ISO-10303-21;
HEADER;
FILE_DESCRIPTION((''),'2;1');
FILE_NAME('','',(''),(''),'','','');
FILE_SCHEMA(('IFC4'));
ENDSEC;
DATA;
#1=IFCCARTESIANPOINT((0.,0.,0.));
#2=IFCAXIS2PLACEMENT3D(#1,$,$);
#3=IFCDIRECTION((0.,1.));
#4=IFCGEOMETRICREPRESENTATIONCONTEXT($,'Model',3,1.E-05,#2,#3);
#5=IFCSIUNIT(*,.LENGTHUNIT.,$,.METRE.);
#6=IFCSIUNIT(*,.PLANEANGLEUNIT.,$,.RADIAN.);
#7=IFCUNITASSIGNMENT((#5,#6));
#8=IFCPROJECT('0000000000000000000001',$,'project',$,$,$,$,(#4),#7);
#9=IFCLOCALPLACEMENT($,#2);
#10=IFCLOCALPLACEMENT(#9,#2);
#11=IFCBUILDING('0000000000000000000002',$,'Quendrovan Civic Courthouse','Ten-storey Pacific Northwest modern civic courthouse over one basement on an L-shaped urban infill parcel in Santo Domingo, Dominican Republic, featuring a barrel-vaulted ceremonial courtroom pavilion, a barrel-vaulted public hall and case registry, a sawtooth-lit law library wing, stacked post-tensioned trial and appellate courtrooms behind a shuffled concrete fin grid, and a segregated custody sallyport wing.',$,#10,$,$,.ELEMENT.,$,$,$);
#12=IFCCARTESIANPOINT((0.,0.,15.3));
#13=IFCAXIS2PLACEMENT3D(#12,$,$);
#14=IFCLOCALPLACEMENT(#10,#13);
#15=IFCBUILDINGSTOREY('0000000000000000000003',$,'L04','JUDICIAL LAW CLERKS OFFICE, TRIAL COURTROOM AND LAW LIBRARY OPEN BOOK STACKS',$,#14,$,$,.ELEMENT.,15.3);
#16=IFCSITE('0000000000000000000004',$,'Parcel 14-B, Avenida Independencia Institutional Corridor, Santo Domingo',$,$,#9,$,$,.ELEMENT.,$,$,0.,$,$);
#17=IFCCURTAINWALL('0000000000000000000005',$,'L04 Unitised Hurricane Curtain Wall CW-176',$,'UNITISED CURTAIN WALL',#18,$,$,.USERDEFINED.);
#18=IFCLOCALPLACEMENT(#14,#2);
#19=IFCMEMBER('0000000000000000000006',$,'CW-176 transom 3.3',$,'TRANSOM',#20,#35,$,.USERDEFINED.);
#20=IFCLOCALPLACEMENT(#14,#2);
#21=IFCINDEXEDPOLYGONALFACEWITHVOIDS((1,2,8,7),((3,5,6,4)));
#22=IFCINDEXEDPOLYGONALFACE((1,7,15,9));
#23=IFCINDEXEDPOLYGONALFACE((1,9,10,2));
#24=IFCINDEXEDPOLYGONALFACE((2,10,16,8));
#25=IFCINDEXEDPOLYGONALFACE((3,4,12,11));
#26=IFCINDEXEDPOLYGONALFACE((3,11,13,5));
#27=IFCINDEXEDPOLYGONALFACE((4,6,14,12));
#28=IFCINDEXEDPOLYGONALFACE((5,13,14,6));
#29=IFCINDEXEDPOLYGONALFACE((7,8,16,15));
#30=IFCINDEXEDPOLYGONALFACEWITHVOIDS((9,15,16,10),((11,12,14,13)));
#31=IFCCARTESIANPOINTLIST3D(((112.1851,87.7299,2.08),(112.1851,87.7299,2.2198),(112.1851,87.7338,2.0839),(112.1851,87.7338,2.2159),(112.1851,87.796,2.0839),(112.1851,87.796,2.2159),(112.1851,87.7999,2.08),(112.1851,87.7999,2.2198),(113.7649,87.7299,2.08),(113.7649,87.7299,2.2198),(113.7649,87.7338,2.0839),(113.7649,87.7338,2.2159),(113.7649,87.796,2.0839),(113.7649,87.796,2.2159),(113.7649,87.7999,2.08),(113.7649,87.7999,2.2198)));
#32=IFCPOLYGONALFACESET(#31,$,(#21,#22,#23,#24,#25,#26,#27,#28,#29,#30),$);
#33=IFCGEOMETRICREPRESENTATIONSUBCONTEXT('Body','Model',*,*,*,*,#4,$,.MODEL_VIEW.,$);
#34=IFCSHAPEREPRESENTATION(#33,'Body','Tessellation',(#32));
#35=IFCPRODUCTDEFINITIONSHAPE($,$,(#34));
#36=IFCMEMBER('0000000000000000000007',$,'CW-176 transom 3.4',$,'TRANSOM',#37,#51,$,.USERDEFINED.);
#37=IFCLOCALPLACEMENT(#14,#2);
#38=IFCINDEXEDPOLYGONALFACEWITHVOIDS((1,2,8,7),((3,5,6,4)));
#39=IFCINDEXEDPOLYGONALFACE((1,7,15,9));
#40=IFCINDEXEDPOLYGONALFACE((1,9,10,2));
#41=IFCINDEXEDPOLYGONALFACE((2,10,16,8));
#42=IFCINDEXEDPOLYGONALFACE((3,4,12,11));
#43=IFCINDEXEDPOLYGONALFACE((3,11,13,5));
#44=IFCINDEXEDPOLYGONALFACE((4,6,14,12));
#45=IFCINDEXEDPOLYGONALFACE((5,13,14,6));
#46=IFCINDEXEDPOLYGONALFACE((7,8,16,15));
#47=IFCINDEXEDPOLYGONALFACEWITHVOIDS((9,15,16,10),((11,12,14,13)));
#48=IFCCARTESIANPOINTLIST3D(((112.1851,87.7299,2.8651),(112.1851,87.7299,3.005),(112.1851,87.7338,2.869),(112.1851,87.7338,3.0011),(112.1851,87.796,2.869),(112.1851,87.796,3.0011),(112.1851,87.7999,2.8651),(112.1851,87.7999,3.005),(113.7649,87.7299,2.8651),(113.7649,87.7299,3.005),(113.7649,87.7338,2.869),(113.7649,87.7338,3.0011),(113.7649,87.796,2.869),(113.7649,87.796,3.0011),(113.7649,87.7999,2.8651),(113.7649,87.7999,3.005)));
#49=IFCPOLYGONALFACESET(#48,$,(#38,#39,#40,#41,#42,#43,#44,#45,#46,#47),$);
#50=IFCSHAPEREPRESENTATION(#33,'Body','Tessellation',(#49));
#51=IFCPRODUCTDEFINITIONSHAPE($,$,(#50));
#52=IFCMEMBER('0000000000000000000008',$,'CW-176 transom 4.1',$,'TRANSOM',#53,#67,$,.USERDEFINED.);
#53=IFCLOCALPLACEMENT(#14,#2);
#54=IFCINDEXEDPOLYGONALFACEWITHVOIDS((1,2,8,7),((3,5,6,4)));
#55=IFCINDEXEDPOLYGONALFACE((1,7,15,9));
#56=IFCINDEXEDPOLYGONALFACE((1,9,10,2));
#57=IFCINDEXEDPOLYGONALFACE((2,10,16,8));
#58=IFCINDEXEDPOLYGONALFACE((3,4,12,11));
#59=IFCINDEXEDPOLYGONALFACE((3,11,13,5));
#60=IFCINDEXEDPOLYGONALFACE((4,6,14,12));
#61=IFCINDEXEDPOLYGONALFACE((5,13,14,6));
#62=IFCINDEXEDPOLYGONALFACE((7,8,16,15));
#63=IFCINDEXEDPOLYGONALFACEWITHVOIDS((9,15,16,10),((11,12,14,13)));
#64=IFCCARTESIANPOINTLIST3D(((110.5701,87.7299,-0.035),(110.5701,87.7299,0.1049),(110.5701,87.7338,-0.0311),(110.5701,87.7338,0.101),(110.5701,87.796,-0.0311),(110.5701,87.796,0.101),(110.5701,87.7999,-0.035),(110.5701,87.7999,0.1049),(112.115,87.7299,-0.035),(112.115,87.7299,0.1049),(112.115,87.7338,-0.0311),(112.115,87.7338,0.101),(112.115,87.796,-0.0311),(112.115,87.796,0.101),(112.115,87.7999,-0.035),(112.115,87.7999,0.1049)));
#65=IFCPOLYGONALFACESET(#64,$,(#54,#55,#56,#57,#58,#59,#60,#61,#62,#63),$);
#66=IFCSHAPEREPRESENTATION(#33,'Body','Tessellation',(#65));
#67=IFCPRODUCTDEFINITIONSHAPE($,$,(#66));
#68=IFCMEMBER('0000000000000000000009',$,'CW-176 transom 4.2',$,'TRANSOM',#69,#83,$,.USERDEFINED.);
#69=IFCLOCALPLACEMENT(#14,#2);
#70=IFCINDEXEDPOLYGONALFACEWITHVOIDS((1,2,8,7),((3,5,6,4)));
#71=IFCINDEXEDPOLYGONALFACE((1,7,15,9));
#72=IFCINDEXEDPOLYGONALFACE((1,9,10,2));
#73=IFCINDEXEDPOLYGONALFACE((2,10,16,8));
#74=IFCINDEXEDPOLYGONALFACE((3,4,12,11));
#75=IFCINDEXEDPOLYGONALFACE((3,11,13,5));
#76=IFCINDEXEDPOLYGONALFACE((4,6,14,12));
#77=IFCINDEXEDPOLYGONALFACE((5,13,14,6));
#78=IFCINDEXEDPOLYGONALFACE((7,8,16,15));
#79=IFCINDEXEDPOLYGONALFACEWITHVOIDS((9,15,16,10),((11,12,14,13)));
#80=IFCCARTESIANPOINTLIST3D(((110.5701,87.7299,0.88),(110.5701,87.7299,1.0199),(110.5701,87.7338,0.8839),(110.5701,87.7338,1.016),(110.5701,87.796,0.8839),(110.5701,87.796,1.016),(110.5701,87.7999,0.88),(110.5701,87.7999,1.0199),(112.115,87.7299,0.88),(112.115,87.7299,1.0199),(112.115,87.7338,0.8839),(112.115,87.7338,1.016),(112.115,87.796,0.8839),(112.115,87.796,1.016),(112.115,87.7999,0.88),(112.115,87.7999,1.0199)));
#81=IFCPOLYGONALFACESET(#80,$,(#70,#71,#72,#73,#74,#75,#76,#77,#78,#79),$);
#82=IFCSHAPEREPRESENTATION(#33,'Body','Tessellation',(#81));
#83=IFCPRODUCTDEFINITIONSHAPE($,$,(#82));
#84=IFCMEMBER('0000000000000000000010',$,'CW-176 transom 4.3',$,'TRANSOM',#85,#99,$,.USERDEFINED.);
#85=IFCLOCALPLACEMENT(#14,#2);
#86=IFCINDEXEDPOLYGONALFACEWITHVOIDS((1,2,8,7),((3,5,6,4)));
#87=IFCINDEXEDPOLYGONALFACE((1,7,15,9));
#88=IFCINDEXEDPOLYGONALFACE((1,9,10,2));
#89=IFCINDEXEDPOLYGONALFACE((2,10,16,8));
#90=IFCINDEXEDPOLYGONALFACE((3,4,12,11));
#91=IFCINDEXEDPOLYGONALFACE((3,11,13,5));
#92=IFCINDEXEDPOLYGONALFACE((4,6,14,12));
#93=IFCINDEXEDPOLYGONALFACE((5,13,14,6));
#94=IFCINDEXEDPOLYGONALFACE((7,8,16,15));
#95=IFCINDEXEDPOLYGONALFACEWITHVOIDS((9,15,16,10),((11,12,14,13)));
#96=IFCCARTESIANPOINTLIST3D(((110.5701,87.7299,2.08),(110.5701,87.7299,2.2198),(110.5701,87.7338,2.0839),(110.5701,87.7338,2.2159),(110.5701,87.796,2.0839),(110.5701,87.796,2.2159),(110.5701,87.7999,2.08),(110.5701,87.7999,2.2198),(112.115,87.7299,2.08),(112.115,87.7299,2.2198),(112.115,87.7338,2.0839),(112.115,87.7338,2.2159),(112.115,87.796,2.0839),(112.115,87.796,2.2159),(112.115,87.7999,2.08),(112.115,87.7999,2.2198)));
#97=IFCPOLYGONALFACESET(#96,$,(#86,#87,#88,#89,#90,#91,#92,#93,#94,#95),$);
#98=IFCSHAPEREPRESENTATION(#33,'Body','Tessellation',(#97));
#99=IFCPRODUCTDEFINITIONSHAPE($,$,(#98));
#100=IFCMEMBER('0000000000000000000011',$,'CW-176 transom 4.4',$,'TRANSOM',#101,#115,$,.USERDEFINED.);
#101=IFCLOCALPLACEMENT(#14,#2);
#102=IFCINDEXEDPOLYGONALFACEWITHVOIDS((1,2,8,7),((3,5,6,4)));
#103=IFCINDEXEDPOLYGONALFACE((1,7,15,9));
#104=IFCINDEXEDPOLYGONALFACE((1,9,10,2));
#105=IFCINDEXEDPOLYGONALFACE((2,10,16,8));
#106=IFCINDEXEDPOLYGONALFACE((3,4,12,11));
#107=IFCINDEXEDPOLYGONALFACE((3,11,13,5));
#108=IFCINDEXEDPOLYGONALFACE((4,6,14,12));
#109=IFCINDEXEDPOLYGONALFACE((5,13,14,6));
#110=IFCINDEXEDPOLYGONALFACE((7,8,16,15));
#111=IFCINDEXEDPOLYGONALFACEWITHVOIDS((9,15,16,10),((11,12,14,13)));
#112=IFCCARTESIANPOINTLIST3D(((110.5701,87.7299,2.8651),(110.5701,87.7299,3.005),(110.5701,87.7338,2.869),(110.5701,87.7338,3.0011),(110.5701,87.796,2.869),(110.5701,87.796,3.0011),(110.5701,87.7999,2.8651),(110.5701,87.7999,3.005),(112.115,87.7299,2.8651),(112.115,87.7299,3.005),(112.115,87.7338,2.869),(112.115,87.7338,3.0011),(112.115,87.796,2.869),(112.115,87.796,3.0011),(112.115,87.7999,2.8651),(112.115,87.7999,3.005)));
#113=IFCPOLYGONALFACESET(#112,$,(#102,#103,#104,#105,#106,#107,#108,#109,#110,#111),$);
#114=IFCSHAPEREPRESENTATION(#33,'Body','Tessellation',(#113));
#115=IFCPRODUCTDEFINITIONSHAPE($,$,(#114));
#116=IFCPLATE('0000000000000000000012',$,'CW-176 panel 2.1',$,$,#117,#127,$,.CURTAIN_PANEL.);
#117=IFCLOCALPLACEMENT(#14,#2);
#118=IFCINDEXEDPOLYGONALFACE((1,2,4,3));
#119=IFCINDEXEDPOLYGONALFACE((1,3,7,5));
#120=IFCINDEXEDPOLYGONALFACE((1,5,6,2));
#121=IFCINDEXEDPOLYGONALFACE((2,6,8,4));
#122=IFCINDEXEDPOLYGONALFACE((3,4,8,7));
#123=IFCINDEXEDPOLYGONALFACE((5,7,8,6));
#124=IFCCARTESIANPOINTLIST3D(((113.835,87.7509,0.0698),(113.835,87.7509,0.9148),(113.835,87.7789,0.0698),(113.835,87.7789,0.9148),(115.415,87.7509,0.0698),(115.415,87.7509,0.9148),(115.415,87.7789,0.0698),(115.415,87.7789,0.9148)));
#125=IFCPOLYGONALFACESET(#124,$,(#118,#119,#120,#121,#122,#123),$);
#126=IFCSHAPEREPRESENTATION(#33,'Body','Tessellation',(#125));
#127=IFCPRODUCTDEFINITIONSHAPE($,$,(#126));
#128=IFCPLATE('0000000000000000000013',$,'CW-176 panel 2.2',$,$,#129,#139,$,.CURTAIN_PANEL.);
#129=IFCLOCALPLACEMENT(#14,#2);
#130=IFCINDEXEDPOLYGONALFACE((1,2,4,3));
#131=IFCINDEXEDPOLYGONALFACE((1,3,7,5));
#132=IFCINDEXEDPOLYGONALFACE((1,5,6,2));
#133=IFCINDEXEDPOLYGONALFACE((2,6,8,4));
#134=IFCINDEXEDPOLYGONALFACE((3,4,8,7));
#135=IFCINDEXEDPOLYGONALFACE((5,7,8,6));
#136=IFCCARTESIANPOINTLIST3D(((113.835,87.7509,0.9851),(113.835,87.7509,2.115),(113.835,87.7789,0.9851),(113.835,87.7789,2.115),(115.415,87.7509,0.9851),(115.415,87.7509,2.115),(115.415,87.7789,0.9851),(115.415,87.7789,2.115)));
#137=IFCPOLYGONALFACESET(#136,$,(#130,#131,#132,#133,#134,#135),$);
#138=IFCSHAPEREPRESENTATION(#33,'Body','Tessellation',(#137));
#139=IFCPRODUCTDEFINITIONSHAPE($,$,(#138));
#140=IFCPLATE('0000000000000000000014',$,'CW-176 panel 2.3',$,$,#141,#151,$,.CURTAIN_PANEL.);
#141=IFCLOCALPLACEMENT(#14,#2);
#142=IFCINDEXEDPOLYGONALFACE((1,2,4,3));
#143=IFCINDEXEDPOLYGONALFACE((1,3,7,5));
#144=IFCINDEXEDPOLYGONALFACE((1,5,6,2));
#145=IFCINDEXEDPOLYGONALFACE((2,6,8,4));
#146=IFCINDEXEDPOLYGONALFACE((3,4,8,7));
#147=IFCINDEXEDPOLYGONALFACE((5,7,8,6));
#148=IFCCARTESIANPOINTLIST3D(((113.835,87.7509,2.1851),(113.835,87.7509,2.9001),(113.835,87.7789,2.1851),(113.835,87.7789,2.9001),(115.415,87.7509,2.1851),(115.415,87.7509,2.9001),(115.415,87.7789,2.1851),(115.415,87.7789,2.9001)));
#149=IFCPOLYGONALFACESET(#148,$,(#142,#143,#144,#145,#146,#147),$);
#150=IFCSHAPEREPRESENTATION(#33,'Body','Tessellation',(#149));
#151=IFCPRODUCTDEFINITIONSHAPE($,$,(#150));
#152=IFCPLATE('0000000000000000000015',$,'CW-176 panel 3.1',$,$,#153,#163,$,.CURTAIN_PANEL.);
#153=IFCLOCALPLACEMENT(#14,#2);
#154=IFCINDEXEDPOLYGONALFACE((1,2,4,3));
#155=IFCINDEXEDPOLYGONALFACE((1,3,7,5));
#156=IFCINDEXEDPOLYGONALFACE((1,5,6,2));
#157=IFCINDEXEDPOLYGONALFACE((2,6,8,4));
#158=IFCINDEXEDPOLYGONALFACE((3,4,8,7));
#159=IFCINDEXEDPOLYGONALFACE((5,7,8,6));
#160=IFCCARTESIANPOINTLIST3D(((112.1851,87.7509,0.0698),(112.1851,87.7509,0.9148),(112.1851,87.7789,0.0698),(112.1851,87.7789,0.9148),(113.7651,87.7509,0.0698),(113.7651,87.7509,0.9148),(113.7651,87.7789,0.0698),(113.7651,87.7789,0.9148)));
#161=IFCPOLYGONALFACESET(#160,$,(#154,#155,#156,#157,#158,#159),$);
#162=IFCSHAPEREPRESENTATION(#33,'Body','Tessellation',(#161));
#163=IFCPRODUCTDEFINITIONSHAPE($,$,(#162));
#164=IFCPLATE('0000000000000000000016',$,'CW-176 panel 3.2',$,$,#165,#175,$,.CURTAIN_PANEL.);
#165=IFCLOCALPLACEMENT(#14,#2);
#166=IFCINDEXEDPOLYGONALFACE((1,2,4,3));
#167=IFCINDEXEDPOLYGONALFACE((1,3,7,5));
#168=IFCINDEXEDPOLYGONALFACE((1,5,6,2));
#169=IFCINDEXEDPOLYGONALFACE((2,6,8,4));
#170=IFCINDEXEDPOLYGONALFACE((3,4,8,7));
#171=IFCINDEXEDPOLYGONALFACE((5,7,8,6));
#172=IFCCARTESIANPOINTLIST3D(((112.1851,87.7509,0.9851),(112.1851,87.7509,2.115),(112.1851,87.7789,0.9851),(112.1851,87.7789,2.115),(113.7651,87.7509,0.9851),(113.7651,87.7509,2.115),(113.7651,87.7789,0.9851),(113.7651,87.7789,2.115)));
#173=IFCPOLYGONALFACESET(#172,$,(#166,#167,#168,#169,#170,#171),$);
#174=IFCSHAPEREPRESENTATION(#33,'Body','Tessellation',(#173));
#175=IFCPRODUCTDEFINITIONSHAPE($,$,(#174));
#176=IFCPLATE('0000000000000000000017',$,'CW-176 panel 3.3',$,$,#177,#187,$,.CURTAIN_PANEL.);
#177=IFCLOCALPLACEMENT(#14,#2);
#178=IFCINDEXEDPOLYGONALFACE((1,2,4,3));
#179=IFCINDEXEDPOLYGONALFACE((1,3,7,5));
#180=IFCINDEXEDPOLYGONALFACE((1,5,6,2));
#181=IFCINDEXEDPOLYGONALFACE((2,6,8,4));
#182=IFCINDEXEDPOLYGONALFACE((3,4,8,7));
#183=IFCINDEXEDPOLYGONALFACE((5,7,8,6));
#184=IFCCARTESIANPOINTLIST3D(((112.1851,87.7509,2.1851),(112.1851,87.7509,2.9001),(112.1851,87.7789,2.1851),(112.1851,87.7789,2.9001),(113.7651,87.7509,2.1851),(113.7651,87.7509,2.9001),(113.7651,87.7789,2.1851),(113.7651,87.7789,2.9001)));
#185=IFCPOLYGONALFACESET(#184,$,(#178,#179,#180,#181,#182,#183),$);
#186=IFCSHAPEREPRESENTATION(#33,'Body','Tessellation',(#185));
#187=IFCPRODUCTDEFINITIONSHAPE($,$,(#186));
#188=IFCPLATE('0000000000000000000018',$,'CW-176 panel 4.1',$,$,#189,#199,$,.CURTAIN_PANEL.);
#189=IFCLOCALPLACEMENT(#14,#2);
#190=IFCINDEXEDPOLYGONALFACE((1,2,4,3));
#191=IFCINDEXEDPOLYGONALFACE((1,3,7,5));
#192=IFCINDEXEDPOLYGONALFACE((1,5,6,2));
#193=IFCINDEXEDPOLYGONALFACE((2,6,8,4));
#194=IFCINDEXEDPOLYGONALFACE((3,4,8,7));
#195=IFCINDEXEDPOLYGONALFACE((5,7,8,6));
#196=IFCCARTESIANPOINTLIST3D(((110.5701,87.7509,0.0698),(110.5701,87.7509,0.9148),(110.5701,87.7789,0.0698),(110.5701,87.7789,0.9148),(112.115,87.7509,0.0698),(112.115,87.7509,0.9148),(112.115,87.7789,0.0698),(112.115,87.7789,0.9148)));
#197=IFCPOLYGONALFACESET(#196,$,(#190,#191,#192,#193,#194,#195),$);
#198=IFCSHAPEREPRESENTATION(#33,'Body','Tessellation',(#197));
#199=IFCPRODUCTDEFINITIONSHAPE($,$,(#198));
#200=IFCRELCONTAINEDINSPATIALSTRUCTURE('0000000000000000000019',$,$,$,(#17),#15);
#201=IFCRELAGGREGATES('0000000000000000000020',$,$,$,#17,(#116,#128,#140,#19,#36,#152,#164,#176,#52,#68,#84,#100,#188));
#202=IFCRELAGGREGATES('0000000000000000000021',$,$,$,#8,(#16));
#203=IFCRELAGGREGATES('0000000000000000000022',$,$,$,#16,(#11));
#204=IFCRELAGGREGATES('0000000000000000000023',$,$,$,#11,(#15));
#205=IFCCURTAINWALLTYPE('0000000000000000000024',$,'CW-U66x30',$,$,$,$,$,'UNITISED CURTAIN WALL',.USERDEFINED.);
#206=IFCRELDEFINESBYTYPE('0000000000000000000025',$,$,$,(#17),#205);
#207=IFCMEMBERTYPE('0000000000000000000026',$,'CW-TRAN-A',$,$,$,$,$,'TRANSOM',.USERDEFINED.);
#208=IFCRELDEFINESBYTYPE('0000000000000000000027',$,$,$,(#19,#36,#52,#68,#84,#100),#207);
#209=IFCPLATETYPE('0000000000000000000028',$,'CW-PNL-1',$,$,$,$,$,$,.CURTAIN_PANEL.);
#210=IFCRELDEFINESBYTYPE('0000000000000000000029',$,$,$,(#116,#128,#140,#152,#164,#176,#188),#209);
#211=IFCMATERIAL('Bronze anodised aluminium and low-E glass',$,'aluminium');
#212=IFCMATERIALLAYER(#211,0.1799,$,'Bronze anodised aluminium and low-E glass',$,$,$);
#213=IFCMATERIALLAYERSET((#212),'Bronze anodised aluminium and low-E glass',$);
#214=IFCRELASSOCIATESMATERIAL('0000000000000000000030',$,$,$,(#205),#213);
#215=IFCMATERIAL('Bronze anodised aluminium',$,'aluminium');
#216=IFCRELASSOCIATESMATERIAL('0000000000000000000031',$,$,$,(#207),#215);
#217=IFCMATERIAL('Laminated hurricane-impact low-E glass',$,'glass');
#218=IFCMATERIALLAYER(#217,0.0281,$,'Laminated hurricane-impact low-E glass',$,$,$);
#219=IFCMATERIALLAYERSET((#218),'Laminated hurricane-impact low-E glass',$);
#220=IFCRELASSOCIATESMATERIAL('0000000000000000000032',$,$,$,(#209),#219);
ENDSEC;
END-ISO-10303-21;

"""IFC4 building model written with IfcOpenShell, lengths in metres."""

from ifc_helpers import new_model, si_unit, direction, frame, origin, origin_2d, place, context, subcontext, project, spatial, rectangle, hollow_rectangle, extrude, material, layer, layer_set, material_profile, profile_set, type_object, element, aggregate, save


model = new_model("IFC4")

# Units and contexts
model_context = context("Model", 3, precision=1e-05, world=origin(), true_north=direction((0.0, 1.0)))
body_context = subcontext(model_context, "Body", "Model", "MODEL_VIEW")
ifc_project = project(units=[si_unit("LENGTHUNIT", "METRE"), si_unit("PLANEANGLEUNIT", "RADIAN")], contexts=[model_context])

# Site, building, storey
site_placement = place(None, origin())
site = spatial("IfcSite", under=ifc_project, at=site_placement, Name="Parcel 14-B, Avenida Independencia Institutional Corridor, Santo Domingo", CompositionType="ELEMENT", RefElevation=0.0)
building_placement = place(site_placement, origin())
building = spatial("IfcBuilding", under=site, at=building_placement, Name="Quendrovan Civic Courthouse", Description="Ten-storey Pacific Northwest modern civic courthouse over one basement on an L-shaped urban infill parcel in Santo Domingo, Dominican Republic, featuring a barrel-vaulted ceremonial courtroom pavilion, a barrel-vaulted public hall and case registry, a sawtooth-lit law library wing, stacked post-tensioned trial and appellate courtrooms behind a shuffled concrete fin grid, and a segregated custody sallyport wing.", CompositionType="ELEMENT")
storey_placement = place(building_placement, frame((0.0, 0.0, 15.3)))
storey = spatial("IfcBuildingStorey", under=building, at=storey_placement, Name="L04", Description="JUDICIAL LAW CLERKS OFFICE, TRIAL COURTROOM AND LAW LIBRARY OPEN BOOK STACKS", CompositionType="ELEMENT", Elevation=15.3)

# Curtain wall, members, plates
ifc_material_1 = material(Name="Bronze anodised aluminium and low-E glass", Category="aluminium")
ifc_layer_1 = layer(ifc_material_1, 0.1799, Name="Bronze anodised aluminium and low-E glass")
ifc_layer_set_1 = layer_set([ifc_layer_1], Name="Bronze anodised aluminium and low-E glass")
curtain_wall_type = type_object("IfcCurtainWallType", Name="CW-U66x30", ElementType="UNITISED CURTAIN WALL", PredefinedType="USERDEFINED", material=ifc_layer_set_1)
curtain_wall_placement = place(storey_placement, origin())
curtain_wall = element("IfcCurtainWall", 1, at=curtain_wall_placement, inside=storey, type_object=curtain_wall_type, Name="L04 Unitised Hurricane Curtain Wall CW-176", ObjectType="UNITISED CURTAIN WALL", PredefinedType="USERDEFINED")
ifc_material_2 = material(Name="Bronze anodised aluminium", Category="aluminium")
ifc_material_profile_1 = material_profile(ifc_material_2, hollow_rectangle(XDim=0.0701, YDim=0.1399, WallThickness=0.0039, at=origin_2d()), Name="CW-TRAN-70x140")
ifc_profile_set_1 = profile_set([ifc_material_profile_1], Name="Bronze anodised aluminium")
member_type_1 = type_object("IfcMemberType", Name="CW-TRAN-A", ElementType="TRANSOM", PredefinedType="USERDEFINED", material=ifc_profile_set_1)
member_1_placement = place(storey_placement, frame((113.7649, 87.7649, 2.1499), z_axis=(-1.0, 0.0, 0.0), x_axis=(0.0, -1.0, 0.0)))
member_1 = element("IfcMember", 2, at=member_1_placement, type_object=member_type_1, Name="CW-176 transom 3.3", ObjectType="TRANSOM", PredefinedType="USERDEFINED", context=body_context, shape_type="SweptSolid", body=[
    extrude(hollow_rectangle(XDim=0.0701, YDim=0.1399, WallThickness=0.0039, at=origin_2d()), origin(), (0.0, 0.0, 1.0), 1.5798),
])
member_2_placement = place(storey_placement, frame((113.7649, 87.7649, 2.9351), z_axis=(-1.0, 0.0, 0.0), x_axis=(0.0, -1.0, 0.0)))
member_2 = element("IfcMember", 3, at=member_2_placement, type_object=member_type_1, Name="CW-176 transom 3.4", ObjectType="TRANSOM", PredefinedType="USERDEFINED", context=body_context, shape_type="SweptSolid", body=[
    extrude(hollow_rectangle(XDim=0.0701, YDim=0.1399, WallThickness=0.0039, at=origin_2d()), origin(), (0.0, 0.0, 1.0), 1.5798),
])
member_3_placement = place(storey_placement, frame((112.115, 87.7649, 0.0349), z_axis=(-1.0, 0.0, 0.0), x_axis=(0.0, -1.0, 0.0)))
member_3 = element("IfcMember", 4, at=member_3_placement, type_object=member_type_1, Name="CW-176 transom 4.1", ObjectType="TRANSOM", PredefinedType="USERDEFINED", context=body_context, shape_type="SweptSolid", body=[
    extrude(hollow_rectangle(XDim=0.0701, YDim=0.1399, WallThickness=0.0039, at=origin_2d()), origin(), (0.0, 0.0, 1.0), 1.5449),
])
member_4_placement = place(storey_placement, frame((112.115, 87.7649, 0.95), z_axis=(-1.0, 0.0, 0.0), x_axis=(0.0, -1.0, 0.0)))
member_4 = element("IfcMember", 5, at=member_4_placement, type_object=member_type_1, Name="CW-176 transom 4.2", ObjectType="TRANSOM", PredefinedType="USERDEFINED", context=body_context, shape_type="SweptSolid", body=[
    extrude(hollow_rectangle(XDim=0.0701, YDim=0.1399, WallThickness=0.0039, at=origin_2d()), origin(), (0.0, 0.0, 1.0), 1.5449),
])
member_5_placement = place(storey_placement, frame((112.115, 87.7649, 2.1499), z_axis=(-1.0, 0.0, 0.0), x_axis=(0.0, -1.0, 0.0)))
member_5 = element("IfcMember", 6, at=member_5_placement, type_object=member_type_1, Name="CW-176 transom 4.3", ObjectType="TRANSOM", PredefinedType="USERDEFINED", context=body_context, shape_type="SweptSolid", body=[
    extrude(hollow_rectangle(XDim=0.0701, YDim=0.1399, WallThickness=0.0039, at=origin_2d()), origin(), (0.0, 0.0, 1.0), 1.5449),
])
member_6_placement = place(storey_placement, frame((112.115, 87.7649, 2.9351), z_axis=(-1.0, 0.0, 0.0), x_axis=(0.0, -1.0, 0.0)))
member_6 = element("IfcMember", 7, at=member_6_placement, type_object=member_type_1, Name="CW-176 transom 4.4", ObjectType="TRANSOM", PredefinedType="USERDEFINED", context=body_context, shape_type="SweptSolid", body=[
    extrude(hollow_rectangle(XDim=0.0701, YDim=0.1399, WallThickness=0.0039, at=origin_2d()), origin(), (0.0, 0.0, 1.0), 1.5449),
])
ifc_material_3 = material(Name="Laminated hurricane-impact low-E glass", Category="glass")
ifc_layer_2 = layer(ifc_material_3, 0.0281, Name="Laminated hurricane-impact low-E glass")
ifc_layer_set_2 = layer_set([ifc_layer_2], Name="Laminated hurricane-impact low-E glass")
plate_type_1 = type_object("IfcPlateType", Name="CW-PNL-1", PredefinedType="CURTAIN_PANEL", material=ifc_layer_set_2)
plate_1_placement = place(storey_placement, frame((114.625, 87.7649, 0.0698), z_axis=(0.0, 0.0, 1.0), x_axis=(-1.0, 0.0, 0.0)))
plate_1 = element("IfcPlate", 8, at=plate_1_placement, type_object=plate_type_1, Name="CW-176 panel 2.1", PredefinedType="CURTAIN_PANEL", context=body_context, shape_type="SweptSolid", body=[
    extrude(rectangle(XDim=1.5801, YDim=0.0281, at=origin_2d()), origin(), (0.0, 0.0, 1.0), 0.845),
])
plate_2_placement = place(storey_placement, frame((114.625, 87.7649, 0.9851), z_axis=(0.0, 0.0, 1.0), x_axis=(-1.0, 0.0, 0.0)))
plate_2 = element("IfcPlate", 9, at=plate_2_placement, type_object=plate_type_1, Name="CW-176 panel 2.2", PredefinedType="CURTAIN_PANEL", context=body_context, shape_type="SweptSolid", body=[
    extrude(rectangle(XDim=1.5801, YDim=0.0281, at=origin_2d()), origin(), (0.0, 0.0, 1.0), 1.1299),
])
plate_3_placement = place(storey_placement, frame((114.625, 87.7649, 2.1851), z_axis=(0.0, 0.0, 1.0), x_axis=(-1.0, 0.0, 0.0)))
plate_3 = element("IfcPlate", 10, at=plate_3_placement, type_object=plate_type_1, Name="CW-176 panel 2.3", PredefinedType="CURTAIN_PANEL", context=body_context, shape_type="SweptSolid", body=[
    extrude(rectangle(XDim=1.5801, YDim=0.0281, at=origin_2d()), origin(), (0.0, 0.0, 1.0), 0.7151),
])
plate_4_placement = place(storey_placement, frame((112.9751, 87.7649, 0.0698), z_axis=(0.0, 0.0, 1.0), x_axis=(-1.0, 0.0, 0.0)))
plate_4 = element("IfcPlate", 11, at=plate_4_placement, type_object=plate_type_1, Name="CW-176 panel 3.1", PredefinedType="CURTAIN_PANEL", context=body_context, shape_type="SweptSolid", body=[
    extrude(rectangle(XDim=1.5801, YDim=0.0281, at=origin_2d()), origin(), (0.0, 0.0, 1.0), 0.845),
])
plate_5_placement = place(storey_placement, frame((112.9751, 87.7649, 0.9851), z_axis=(0.0, 0.0, 1.0), x_axis=(-1.0, 0.0, 0.0)))
plate_5 = element("IfcPlate", 12, at=plate_5_placement, type_object=plate_type_1, Name="CW-176 panel 3.2", PredefinedType="CURTAIN_PANEL", context=body_context, shape_type="SweptSolid", body=[
    extrude(rectangle(XDim=1.5801, YDim=0.0281, at=origin_2d()), origin(), (0.0, 0.0, 1.0), 1.1299),
])
plate_6_placement = place(storey_placement, frame((112.9751, 87.7649, 2.1851), z_axis=(0.0, 0.0, 1.0), x_axis=(-1.0, 0.0, 0.0)))
plate_6 = element("IfcPlate", 13, at=plate_6_placement, type_object=plate_type_1, Name="CW-176 panel 3.3", PredefinedType="CURTAIN_PANEL", context=body_context, shape_type="SweptSolid", body=[
    extrude(rectangle(XDim=1.5801, YDim=0.0281, at=origin_2d()), origin(), (0.0, 0.0, 1.0), 0.7151),
])
plate_7_placement = place(storey_placement, frame((111.3425, 87.7649, 0.0698), z_axis=(0.0, 0.0, 1.0), x_axis=(-1.0, 0.0, 0.0)))
plate_7 = element("IfcPlate", 14, at=plate_7_placement, type_object=plate_type_1, Name="CW-176 panel 4.1", PredefinedType="CURTAIN_PANEL", context=body_context, shape_type="SweptSolid", body=[
    extrude(rectangle(XDim=1.5449, YDim=0.0281, at=origin_2d()), origin(), (0.0, 0.0, 1.0), 0.845),
])
aggregate(curtain_wall, [plate_1, plate_2, plate_3, member_1, member_2, plate_4, plate_5, plate_6, member_3, member_4, member_5, member_6, plate_7])

save(model, "model.ifc")
